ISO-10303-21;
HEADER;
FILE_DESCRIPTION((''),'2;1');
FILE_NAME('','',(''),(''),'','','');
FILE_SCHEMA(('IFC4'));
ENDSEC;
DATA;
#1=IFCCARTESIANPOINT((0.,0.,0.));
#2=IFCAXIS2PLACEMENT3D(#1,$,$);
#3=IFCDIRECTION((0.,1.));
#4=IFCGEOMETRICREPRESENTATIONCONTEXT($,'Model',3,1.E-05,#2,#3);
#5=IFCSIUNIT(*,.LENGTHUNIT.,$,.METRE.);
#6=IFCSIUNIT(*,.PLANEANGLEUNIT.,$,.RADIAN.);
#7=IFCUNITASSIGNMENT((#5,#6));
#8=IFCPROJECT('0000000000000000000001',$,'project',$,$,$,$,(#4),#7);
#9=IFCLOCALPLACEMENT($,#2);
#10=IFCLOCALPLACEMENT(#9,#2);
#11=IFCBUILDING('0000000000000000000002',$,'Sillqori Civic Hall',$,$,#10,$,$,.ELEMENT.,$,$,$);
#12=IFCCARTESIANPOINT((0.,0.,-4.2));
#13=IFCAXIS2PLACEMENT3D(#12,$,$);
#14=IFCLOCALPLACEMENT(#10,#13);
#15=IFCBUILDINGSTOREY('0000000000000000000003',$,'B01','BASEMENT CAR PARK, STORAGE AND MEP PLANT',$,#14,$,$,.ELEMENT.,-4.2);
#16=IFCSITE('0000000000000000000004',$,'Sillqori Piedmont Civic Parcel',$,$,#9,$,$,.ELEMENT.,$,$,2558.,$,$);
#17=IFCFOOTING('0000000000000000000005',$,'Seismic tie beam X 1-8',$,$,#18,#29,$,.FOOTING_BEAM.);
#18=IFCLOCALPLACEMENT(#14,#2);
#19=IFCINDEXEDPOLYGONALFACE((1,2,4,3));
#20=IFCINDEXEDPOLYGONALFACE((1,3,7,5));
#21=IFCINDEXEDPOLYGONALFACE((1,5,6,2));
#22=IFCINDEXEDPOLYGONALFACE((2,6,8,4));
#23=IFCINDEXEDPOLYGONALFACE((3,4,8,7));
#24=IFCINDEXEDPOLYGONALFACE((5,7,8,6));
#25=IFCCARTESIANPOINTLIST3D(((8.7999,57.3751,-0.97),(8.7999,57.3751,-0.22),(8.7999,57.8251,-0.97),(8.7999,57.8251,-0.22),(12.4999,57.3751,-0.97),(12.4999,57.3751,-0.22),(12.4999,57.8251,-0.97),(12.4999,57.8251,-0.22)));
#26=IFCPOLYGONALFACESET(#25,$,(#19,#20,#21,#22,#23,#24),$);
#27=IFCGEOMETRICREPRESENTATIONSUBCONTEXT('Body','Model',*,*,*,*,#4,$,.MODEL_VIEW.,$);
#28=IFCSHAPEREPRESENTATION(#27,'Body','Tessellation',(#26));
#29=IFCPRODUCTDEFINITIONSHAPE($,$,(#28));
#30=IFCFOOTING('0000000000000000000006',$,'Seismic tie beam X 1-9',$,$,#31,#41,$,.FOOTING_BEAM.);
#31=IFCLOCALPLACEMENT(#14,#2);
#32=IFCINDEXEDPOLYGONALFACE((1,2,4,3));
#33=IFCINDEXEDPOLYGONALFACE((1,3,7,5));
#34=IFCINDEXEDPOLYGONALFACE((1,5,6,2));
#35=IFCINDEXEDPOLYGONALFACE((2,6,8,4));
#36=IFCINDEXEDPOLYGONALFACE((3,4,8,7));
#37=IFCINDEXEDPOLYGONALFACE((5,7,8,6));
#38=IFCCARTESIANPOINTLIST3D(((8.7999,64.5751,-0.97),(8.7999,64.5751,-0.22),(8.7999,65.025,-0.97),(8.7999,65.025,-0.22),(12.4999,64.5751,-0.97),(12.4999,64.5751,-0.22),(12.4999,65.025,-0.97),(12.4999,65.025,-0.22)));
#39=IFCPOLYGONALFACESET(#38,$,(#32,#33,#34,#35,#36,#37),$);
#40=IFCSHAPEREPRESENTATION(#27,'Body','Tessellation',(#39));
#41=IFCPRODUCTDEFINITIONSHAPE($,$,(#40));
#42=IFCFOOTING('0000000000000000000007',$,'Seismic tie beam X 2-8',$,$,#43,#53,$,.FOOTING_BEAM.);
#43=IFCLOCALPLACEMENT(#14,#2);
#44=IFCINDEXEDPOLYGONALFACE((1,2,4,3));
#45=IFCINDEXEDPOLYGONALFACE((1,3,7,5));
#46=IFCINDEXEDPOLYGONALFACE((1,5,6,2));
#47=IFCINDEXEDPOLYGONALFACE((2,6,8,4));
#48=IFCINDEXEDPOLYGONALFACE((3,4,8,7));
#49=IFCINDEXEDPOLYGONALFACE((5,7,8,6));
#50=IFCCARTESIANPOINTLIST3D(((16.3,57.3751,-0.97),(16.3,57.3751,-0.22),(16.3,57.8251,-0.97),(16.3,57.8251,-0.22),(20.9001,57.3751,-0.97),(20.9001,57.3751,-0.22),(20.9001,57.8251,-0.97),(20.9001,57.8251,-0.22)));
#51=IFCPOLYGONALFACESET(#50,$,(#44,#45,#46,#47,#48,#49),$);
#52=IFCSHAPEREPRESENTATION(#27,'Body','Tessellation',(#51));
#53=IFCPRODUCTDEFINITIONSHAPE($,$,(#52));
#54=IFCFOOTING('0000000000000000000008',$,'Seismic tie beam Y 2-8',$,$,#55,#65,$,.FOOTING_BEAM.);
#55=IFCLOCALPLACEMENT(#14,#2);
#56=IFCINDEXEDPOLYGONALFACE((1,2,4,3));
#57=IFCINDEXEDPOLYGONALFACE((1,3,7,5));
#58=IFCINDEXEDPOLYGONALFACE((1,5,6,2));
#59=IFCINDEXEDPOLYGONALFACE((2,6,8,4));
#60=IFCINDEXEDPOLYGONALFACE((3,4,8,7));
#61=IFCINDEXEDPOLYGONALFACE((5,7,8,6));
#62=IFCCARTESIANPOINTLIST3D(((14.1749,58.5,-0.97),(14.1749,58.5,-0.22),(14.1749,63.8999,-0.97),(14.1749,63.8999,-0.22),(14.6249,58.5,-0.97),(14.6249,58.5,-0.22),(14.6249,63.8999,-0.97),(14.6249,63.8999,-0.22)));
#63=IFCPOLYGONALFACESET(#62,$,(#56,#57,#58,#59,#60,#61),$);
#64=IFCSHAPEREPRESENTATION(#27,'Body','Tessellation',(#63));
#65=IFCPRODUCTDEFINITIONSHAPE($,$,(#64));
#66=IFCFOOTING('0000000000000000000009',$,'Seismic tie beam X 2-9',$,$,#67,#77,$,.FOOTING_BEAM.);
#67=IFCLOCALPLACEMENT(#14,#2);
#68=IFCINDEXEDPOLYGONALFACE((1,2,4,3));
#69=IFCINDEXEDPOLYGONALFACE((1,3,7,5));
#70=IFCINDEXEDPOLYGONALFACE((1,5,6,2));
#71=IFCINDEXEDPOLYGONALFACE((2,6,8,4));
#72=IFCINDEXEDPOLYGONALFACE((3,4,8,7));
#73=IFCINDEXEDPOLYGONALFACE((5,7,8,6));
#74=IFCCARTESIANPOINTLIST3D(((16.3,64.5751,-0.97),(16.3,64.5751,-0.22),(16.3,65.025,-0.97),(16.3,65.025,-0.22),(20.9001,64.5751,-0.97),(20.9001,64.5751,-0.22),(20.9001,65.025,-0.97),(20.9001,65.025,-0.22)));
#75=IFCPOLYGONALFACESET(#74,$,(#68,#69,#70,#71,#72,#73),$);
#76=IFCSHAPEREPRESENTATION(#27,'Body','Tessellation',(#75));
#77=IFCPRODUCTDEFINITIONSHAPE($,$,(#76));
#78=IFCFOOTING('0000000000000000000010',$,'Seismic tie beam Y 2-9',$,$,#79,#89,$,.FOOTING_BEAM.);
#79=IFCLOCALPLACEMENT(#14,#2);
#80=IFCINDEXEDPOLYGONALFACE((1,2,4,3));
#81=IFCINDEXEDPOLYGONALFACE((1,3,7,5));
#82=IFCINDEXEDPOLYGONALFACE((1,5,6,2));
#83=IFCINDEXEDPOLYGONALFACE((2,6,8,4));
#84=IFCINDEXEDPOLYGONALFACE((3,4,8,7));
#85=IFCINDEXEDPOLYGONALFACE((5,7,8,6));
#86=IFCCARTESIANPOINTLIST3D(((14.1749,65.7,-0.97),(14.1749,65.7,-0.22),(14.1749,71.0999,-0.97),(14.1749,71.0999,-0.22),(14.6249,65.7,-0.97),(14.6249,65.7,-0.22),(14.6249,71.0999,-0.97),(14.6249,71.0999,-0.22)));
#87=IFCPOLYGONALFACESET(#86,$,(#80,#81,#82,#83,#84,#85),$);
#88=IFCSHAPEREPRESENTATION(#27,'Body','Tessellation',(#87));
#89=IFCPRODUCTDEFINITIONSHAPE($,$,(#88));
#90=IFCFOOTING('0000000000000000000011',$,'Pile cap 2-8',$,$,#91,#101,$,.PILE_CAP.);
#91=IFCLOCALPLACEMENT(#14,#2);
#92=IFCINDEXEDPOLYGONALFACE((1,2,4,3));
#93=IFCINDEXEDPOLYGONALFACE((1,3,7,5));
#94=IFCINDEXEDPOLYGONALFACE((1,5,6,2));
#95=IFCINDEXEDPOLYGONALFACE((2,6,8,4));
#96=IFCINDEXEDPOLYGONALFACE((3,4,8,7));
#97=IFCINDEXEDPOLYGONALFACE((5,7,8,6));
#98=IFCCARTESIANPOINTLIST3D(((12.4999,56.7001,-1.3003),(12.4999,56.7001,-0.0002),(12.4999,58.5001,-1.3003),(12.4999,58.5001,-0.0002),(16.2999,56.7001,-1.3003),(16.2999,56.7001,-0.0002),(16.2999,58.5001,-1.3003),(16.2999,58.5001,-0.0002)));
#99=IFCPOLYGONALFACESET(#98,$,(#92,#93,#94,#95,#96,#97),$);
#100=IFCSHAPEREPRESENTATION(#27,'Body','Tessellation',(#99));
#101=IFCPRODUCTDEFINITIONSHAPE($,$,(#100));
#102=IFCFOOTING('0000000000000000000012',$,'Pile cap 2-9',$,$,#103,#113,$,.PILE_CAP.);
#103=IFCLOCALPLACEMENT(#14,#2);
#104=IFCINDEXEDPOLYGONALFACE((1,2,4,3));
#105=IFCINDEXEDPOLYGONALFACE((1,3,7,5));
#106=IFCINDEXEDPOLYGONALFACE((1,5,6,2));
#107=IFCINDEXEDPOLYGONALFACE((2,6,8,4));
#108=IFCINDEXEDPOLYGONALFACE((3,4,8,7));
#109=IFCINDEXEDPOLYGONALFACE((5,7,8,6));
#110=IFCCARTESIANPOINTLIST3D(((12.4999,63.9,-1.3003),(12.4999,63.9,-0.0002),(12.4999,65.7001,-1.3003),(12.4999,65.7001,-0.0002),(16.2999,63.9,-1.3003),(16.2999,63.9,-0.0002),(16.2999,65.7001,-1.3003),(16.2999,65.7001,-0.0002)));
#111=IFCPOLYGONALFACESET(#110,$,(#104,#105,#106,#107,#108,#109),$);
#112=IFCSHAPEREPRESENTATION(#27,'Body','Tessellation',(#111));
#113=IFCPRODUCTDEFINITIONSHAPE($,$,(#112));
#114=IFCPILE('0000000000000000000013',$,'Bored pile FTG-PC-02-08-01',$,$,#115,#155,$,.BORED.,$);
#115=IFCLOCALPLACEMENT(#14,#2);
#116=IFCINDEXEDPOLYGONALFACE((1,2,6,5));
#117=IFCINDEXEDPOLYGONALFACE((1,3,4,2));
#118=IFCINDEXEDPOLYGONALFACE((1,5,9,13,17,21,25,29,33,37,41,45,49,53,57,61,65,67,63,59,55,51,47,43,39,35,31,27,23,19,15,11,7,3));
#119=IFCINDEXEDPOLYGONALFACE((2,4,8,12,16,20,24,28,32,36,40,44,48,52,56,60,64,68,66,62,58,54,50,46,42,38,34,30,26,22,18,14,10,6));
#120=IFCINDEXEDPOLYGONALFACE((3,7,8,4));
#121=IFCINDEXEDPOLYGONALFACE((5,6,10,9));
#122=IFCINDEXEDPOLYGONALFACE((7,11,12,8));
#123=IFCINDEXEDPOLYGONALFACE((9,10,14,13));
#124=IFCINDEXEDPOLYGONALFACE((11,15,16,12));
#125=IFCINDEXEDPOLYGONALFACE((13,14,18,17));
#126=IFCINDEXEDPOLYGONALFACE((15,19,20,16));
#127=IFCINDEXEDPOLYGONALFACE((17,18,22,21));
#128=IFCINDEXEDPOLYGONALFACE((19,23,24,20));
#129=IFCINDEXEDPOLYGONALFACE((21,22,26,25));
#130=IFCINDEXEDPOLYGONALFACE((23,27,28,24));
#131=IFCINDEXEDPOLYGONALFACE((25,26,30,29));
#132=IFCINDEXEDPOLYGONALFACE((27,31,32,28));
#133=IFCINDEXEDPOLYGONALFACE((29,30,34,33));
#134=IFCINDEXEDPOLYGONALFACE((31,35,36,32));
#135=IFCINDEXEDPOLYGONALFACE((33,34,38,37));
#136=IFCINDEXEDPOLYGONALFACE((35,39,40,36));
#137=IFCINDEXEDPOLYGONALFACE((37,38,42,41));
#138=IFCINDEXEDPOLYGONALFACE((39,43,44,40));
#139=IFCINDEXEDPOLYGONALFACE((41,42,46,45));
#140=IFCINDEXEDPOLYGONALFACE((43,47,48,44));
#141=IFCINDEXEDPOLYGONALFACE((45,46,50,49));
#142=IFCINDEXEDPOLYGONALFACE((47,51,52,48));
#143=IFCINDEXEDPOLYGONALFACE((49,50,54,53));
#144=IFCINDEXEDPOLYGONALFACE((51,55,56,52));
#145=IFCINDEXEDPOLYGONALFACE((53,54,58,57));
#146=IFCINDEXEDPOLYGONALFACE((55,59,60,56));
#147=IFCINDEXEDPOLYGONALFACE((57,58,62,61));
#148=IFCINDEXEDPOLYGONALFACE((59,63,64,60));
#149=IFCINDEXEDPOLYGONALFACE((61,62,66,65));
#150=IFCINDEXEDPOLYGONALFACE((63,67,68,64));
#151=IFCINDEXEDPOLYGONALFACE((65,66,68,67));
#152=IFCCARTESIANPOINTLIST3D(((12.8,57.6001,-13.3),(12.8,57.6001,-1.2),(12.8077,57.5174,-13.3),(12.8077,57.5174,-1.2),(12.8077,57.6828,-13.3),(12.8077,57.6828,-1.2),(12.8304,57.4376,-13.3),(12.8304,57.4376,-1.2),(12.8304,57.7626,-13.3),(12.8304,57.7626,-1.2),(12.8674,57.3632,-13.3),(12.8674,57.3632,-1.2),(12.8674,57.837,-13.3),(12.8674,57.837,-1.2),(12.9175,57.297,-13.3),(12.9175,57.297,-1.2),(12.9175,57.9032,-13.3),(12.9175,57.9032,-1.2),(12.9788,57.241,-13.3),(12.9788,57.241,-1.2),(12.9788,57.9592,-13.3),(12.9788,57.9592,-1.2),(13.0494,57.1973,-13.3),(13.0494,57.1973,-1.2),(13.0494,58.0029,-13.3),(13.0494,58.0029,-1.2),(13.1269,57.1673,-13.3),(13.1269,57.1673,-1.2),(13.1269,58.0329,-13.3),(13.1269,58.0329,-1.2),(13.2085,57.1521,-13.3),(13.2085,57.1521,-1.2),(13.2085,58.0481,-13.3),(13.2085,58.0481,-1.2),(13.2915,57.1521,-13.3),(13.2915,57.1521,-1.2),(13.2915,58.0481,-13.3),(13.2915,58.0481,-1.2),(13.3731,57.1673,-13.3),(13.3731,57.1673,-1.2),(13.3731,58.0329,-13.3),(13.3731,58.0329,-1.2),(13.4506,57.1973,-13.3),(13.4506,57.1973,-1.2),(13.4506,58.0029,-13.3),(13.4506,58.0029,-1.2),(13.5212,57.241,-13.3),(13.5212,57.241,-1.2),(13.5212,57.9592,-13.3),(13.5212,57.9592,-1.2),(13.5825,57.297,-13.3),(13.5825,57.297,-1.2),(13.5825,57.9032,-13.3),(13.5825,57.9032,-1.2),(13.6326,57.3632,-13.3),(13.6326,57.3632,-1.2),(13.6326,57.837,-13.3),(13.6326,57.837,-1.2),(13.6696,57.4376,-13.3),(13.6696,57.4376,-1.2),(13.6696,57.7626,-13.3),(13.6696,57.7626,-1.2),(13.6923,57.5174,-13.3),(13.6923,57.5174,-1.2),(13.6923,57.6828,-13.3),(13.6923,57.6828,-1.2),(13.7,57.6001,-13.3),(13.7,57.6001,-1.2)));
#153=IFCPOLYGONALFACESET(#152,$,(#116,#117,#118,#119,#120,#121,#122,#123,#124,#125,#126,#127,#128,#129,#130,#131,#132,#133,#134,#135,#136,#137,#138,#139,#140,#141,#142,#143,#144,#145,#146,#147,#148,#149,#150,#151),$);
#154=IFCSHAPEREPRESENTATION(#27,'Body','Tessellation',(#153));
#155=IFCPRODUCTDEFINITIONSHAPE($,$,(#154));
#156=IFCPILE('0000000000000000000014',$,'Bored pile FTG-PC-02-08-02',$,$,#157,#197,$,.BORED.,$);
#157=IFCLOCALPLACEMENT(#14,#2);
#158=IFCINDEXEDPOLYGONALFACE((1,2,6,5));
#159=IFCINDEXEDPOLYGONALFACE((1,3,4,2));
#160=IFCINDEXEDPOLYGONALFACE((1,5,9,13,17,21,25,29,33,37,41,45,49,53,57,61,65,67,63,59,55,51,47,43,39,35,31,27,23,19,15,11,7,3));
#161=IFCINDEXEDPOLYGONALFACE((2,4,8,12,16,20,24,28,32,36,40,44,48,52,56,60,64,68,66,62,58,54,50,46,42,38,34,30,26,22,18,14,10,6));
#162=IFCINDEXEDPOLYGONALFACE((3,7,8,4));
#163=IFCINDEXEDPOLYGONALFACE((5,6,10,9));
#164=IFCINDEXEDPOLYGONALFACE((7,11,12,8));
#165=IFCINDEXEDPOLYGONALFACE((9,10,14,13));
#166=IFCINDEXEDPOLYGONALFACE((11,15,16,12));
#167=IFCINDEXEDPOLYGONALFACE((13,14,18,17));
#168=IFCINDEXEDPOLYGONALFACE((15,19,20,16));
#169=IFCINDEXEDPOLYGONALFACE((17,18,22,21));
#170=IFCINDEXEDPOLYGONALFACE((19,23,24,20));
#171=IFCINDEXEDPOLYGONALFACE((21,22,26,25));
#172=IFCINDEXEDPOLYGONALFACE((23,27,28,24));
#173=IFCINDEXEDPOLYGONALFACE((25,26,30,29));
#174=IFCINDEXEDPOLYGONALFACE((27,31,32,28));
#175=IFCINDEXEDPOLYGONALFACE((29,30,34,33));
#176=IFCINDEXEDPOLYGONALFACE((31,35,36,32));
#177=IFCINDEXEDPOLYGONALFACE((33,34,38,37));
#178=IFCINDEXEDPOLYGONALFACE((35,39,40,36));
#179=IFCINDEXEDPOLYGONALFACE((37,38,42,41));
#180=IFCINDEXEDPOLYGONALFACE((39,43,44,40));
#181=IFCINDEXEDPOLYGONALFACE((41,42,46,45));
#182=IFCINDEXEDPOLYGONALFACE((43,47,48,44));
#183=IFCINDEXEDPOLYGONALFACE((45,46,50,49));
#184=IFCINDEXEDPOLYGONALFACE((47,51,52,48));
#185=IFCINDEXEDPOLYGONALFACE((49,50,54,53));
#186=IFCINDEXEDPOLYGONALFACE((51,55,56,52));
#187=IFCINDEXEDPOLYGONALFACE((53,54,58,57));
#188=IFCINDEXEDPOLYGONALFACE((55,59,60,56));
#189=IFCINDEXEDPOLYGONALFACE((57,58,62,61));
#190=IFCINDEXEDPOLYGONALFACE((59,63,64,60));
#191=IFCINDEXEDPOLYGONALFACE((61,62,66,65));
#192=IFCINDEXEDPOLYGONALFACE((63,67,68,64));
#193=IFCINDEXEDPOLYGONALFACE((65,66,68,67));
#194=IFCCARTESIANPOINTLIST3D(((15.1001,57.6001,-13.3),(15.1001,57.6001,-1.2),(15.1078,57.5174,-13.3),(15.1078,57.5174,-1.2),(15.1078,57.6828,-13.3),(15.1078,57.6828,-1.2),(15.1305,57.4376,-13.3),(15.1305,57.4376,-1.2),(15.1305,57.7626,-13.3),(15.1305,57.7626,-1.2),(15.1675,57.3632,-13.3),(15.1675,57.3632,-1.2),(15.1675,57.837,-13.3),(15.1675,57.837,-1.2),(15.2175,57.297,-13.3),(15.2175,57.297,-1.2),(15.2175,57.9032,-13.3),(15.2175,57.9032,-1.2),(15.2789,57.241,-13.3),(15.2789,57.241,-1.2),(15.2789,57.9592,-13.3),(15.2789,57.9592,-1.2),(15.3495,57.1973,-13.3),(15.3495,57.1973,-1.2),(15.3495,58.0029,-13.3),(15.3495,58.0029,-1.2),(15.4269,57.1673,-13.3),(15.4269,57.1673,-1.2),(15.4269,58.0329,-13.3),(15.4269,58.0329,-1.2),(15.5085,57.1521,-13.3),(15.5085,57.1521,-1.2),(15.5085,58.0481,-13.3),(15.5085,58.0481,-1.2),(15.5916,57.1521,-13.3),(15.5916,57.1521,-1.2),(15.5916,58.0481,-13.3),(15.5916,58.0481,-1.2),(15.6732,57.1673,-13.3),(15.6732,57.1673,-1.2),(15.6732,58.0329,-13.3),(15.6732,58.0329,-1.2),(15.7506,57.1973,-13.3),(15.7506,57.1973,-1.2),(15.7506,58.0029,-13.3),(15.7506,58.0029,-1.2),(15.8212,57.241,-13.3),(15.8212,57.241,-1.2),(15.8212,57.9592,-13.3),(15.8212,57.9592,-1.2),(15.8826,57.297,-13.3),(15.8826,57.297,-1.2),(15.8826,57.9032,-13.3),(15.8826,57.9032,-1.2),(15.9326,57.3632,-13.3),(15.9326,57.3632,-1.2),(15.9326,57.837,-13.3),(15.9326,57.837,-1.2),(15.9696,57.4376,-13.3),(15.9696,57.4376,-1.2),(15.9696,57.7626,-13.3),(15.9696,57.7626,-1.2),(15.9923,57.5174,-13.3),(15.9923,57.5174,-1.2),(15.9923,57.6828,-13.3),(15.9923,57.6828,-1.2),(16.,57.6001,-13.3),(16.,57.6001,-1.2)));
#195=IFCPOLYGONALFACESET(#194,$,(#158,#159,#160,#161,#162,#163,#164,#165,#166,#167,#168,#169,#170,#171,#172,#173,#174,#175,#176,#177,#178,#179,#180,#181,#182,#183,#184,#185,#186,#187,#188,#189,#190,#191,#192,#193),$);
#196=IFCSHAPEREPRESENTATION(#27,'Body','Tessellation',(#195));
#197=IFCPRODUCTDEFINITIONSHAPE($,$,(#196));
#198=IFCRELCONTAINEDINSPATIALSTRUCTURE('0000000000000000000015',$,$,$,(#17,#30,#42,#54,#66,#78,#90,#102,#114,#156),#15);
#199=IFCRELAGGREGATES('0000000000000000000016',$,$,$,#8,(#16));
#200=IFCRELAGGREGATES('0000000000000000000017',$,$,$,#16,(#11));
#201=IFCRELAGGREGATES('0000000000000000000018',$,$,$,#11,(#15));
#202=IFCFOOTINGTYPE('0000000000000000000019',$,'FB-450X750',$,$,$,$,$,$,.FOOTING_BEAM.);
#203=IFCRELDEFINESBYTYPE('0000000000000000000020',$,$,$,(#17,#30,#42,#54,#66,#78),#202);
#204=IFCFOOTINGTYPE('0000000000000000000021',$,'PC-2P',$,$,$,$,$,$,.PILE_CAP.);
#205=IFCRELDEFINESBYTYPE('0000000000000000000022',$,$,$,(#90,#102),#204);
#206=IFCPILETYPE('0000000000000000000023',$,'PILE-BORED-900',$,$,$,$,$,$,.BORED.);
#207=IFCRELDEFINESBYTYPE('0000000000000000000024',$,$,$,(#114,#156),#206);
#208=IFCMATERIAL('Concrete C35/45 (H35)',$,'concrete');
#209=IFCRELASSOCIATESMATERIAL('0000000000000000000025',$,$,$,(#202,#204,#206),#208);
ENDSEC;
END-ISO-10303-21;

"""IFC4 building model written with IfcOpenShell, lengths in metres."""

from ifc_helpers import new_model, si_unit, direction, frame, origin, origin_2d, place, context, subcontext, project, spatial, rectangle, circle, extrude, material, material_profile, profile_set, type_object, element, save


model = new_model("IFC4")

# Units and contexts
model_context = context("Model", 3, precision=1e-05, world=origin(), true_north=direction((0.0, 1.0)))
body_context = subcontext(model_context, "Body", "Model", "MODEL_VIEW")
ifc_project = project(units=[si_unit("LENGTHUNIT", "METRE"), si_unit("PLANEANGLEUNIT", "RADIAN")], contexts=[model_context])

# Site, building, storey
site_placement = place(None, origin())
site = spatial("IfcSite", under=ifc_project, at=site_placement, Name="Sillqori Piedmont Civic Parcel", CompositionType="ELEMENT", RefElevation=2558.0)
building_placement = place(site_placement, origin())
building = spatial("IfcBuilding", under=site, at=building_placement, Name="Sillqori Civic Hall", CompositionType="ELEMENT")
storey_placement = place(building_placement, frame((0.0, 0.0, -4.2)))
storey = spatial("IfcBuildingStorey", under=building, at=storey_placement, Name="B01", Description="BASEMENT CAR PARK, STORAGE AND MEP PLANT", CompositionType="ELEMENT", Elevation=-4.2)

# Footings
ifc_material_1 = material(Name="Concrete C35/45 (H35)", Category="concrete")
footing_type_1 = type_object("IfcFootingType", Name="FB-450X750", PredefinedType="FOOTING_BEAM", material=ifc_material_1)
for number, where, z_axis, x_axis, name in (
    (1, (10.6499, 57.6001, -0.97), (0.0, 0.0, 1.0), (1.0, 0.0, 0.0), "Seismic tie beam X 1-8"),
    (2, (10.6499, 64.8, -0.97), (0.0, 0.0, 1.0), (1.0, 0.0, 0.0), "Seismic tie beam X 1-9"),
):
    element("IfcFooting", number, at=place(storey_placement, frame(where, z_axis=z_axis, x_axis=x_axis)), inside=storey, type_object=footing_type_1, Name=name, PredefinedType="FOOTING_BEAM", context=body_context, shape_type="SweptSolid", body=[
        extrude(rectangle(XDim=3.7, YDim=0.45, at=origin_2d()), origin(), (0.0, 0.0, 1.0), 0.75),
    ])
footing_1_placement = place(storey_placement, frame((18.6001, 57.6001, -0.97), z_axis=(0.0, 0.0, 1.0), x_axis=(1.0, 0.0, 0.0)))
element("IfcFooting", 3, at=footing_1_placement, inside=storey, type_object=footing_type_1, Name="Seismic tie beam X 2-8", PredefinedType="FOOTING_BEAM", context=body_context, shape_type="SweptSolid", body=[
    extrude(rectangle(XDim=4.6001, YDim=0.45, at=origin_2d()), origin(), (0.0, 0.0, 1.0), 0.75),
])
footing_2_placement = place(storey_placement, frame((14.3999, 61.2, -0.97), z_axis=(0.0, 0.0, 1.0), x_axis=(1.0, 0.0, 0.0)))
element("IfcFooting", 4, at=footing_2_placement, inside=storey, type_object=footing_type_1, Name="Seismic tie beam Y 2-8", PredefinedType="FOOTING_BEAM", context=body_context, shape_type="SweptSolid", body=[
    extrude(rectangle(XDim=0.45, YDim=5.3999, at=origin_2d()), origin(), (0.0, 0.0, 1.0), 0.75),
])
footing_3_placement = place(storey_placement, frame((18.6001, 64.8, -0.97), z_axis=(0.0, 0.0, 1.0), x_axis=(1.0, 0.0, 0.0)))
element("IfcFooting", 5, at=footing_3_placement, inside=storey, type_object=footing_type_1, Name="Seismic tie beam X 2-9", PredefinedType="FOOTING_BEAM", context=body_context, shape_type="SweptSolid", body=[
    extrude(rectangle(XDim=4.6001, YDim=0.45, at=origin_2d()), origin(), (0.0, 0.0, 1.0), 0.75),
])
footing_4_placement = place(storey_placement, frame((14.3999, 68.3999, -0.97), z_axis=(0.0, 0.0, 1.0), x_axis=(1.0, 0.0, 0.0)))
element("IfcFooting", 6, at=footing_4_placement, inside=storey, type_object=footing_type_1, Name="Seismic tie beam Y 2-9", PredefinedType="FOOTING_BEAM", context=body_context, shape_type="SweptSolid", body=[
    extrude(rectangle(XDim=0.45, YDim=5.3999, at=origin_2d()), origin(), (0.0, 0.0, 1.0), 0.75),
])
footing_type_2 = type_object("IfcFootingType", Name="PC-2P", PredefinedType="PILE_CAP", material=ifc_material_1)
for number, where, z_axis, x_axis, name in (
    (7, (14.3999, 57.6001, -1.3003), (0.0, 0.0, 1.0), (1.0, 0.0, 0.0), "Pile cap 2-8"),
    (8, (14.3999, 64.8, -1.3003), (0.0, 0.0, 1.0), (1.0, 0.0, 0.0), "Pile cap 2-9"),
):
    element("IfcFooting", number, at=place(storey_placement, frame(where, z_axis=z_axis, x_axis=x_axis)), inside=storey, type_object=footing_type_2, Name=name, PredefinedType="PILE_CAP", context=body_context, shape_type="SweptSolid", body=[
        extrude(rectangle(XDim=3.8, YDim=1.8, at=origin_2d()), origin(), (0.0, 0.0, 1.0), 1.3),
    ])

# Piles
ifc_material_profile_1 = material_profile(ifc_material_1, circle(Radius=0.45, at=origin_2d()), Name="BORED PILE 900")
ifc_profile_set_1 = profile_set([ifc_material_profile_1], Name="Concrete C35/45 (H35)")
pile_type = type_object("IfcPileType", Name="PILE-BORED-900", PredefinedType="BORED", material=ifc_profile_set_1)
for number, where, z_axis, x_axis, name in (
    (9, (13.25, 57.6001, -1.2), (0.0, 0.0, -1.0), (1.0, 0.0, 0.0), "Bored pile FTG-PC-02-08-01"),
    (10, (15.55, 57.6001, -1.2), (0.0, 0.0, -1.0), (1.0, 0.0, 0.0), "Bored pile FTG-PC-02-08-02"),
):
    element("IfcPile", number, at=place(storey_placement, frame(where, z_axis=z_axis, x_axis=x_axis)), inside=storey, type_object=pile_type, Name=name, PredefinedType="BORED", context=body_context, shape_type="SweptSolid", body=[
        extrude(circle(Radius=0.45, at=origin_2d()), origin(), (0.0, 0.0, 1.0), 12.1001),
    ])

save(model, "model.ifc")
